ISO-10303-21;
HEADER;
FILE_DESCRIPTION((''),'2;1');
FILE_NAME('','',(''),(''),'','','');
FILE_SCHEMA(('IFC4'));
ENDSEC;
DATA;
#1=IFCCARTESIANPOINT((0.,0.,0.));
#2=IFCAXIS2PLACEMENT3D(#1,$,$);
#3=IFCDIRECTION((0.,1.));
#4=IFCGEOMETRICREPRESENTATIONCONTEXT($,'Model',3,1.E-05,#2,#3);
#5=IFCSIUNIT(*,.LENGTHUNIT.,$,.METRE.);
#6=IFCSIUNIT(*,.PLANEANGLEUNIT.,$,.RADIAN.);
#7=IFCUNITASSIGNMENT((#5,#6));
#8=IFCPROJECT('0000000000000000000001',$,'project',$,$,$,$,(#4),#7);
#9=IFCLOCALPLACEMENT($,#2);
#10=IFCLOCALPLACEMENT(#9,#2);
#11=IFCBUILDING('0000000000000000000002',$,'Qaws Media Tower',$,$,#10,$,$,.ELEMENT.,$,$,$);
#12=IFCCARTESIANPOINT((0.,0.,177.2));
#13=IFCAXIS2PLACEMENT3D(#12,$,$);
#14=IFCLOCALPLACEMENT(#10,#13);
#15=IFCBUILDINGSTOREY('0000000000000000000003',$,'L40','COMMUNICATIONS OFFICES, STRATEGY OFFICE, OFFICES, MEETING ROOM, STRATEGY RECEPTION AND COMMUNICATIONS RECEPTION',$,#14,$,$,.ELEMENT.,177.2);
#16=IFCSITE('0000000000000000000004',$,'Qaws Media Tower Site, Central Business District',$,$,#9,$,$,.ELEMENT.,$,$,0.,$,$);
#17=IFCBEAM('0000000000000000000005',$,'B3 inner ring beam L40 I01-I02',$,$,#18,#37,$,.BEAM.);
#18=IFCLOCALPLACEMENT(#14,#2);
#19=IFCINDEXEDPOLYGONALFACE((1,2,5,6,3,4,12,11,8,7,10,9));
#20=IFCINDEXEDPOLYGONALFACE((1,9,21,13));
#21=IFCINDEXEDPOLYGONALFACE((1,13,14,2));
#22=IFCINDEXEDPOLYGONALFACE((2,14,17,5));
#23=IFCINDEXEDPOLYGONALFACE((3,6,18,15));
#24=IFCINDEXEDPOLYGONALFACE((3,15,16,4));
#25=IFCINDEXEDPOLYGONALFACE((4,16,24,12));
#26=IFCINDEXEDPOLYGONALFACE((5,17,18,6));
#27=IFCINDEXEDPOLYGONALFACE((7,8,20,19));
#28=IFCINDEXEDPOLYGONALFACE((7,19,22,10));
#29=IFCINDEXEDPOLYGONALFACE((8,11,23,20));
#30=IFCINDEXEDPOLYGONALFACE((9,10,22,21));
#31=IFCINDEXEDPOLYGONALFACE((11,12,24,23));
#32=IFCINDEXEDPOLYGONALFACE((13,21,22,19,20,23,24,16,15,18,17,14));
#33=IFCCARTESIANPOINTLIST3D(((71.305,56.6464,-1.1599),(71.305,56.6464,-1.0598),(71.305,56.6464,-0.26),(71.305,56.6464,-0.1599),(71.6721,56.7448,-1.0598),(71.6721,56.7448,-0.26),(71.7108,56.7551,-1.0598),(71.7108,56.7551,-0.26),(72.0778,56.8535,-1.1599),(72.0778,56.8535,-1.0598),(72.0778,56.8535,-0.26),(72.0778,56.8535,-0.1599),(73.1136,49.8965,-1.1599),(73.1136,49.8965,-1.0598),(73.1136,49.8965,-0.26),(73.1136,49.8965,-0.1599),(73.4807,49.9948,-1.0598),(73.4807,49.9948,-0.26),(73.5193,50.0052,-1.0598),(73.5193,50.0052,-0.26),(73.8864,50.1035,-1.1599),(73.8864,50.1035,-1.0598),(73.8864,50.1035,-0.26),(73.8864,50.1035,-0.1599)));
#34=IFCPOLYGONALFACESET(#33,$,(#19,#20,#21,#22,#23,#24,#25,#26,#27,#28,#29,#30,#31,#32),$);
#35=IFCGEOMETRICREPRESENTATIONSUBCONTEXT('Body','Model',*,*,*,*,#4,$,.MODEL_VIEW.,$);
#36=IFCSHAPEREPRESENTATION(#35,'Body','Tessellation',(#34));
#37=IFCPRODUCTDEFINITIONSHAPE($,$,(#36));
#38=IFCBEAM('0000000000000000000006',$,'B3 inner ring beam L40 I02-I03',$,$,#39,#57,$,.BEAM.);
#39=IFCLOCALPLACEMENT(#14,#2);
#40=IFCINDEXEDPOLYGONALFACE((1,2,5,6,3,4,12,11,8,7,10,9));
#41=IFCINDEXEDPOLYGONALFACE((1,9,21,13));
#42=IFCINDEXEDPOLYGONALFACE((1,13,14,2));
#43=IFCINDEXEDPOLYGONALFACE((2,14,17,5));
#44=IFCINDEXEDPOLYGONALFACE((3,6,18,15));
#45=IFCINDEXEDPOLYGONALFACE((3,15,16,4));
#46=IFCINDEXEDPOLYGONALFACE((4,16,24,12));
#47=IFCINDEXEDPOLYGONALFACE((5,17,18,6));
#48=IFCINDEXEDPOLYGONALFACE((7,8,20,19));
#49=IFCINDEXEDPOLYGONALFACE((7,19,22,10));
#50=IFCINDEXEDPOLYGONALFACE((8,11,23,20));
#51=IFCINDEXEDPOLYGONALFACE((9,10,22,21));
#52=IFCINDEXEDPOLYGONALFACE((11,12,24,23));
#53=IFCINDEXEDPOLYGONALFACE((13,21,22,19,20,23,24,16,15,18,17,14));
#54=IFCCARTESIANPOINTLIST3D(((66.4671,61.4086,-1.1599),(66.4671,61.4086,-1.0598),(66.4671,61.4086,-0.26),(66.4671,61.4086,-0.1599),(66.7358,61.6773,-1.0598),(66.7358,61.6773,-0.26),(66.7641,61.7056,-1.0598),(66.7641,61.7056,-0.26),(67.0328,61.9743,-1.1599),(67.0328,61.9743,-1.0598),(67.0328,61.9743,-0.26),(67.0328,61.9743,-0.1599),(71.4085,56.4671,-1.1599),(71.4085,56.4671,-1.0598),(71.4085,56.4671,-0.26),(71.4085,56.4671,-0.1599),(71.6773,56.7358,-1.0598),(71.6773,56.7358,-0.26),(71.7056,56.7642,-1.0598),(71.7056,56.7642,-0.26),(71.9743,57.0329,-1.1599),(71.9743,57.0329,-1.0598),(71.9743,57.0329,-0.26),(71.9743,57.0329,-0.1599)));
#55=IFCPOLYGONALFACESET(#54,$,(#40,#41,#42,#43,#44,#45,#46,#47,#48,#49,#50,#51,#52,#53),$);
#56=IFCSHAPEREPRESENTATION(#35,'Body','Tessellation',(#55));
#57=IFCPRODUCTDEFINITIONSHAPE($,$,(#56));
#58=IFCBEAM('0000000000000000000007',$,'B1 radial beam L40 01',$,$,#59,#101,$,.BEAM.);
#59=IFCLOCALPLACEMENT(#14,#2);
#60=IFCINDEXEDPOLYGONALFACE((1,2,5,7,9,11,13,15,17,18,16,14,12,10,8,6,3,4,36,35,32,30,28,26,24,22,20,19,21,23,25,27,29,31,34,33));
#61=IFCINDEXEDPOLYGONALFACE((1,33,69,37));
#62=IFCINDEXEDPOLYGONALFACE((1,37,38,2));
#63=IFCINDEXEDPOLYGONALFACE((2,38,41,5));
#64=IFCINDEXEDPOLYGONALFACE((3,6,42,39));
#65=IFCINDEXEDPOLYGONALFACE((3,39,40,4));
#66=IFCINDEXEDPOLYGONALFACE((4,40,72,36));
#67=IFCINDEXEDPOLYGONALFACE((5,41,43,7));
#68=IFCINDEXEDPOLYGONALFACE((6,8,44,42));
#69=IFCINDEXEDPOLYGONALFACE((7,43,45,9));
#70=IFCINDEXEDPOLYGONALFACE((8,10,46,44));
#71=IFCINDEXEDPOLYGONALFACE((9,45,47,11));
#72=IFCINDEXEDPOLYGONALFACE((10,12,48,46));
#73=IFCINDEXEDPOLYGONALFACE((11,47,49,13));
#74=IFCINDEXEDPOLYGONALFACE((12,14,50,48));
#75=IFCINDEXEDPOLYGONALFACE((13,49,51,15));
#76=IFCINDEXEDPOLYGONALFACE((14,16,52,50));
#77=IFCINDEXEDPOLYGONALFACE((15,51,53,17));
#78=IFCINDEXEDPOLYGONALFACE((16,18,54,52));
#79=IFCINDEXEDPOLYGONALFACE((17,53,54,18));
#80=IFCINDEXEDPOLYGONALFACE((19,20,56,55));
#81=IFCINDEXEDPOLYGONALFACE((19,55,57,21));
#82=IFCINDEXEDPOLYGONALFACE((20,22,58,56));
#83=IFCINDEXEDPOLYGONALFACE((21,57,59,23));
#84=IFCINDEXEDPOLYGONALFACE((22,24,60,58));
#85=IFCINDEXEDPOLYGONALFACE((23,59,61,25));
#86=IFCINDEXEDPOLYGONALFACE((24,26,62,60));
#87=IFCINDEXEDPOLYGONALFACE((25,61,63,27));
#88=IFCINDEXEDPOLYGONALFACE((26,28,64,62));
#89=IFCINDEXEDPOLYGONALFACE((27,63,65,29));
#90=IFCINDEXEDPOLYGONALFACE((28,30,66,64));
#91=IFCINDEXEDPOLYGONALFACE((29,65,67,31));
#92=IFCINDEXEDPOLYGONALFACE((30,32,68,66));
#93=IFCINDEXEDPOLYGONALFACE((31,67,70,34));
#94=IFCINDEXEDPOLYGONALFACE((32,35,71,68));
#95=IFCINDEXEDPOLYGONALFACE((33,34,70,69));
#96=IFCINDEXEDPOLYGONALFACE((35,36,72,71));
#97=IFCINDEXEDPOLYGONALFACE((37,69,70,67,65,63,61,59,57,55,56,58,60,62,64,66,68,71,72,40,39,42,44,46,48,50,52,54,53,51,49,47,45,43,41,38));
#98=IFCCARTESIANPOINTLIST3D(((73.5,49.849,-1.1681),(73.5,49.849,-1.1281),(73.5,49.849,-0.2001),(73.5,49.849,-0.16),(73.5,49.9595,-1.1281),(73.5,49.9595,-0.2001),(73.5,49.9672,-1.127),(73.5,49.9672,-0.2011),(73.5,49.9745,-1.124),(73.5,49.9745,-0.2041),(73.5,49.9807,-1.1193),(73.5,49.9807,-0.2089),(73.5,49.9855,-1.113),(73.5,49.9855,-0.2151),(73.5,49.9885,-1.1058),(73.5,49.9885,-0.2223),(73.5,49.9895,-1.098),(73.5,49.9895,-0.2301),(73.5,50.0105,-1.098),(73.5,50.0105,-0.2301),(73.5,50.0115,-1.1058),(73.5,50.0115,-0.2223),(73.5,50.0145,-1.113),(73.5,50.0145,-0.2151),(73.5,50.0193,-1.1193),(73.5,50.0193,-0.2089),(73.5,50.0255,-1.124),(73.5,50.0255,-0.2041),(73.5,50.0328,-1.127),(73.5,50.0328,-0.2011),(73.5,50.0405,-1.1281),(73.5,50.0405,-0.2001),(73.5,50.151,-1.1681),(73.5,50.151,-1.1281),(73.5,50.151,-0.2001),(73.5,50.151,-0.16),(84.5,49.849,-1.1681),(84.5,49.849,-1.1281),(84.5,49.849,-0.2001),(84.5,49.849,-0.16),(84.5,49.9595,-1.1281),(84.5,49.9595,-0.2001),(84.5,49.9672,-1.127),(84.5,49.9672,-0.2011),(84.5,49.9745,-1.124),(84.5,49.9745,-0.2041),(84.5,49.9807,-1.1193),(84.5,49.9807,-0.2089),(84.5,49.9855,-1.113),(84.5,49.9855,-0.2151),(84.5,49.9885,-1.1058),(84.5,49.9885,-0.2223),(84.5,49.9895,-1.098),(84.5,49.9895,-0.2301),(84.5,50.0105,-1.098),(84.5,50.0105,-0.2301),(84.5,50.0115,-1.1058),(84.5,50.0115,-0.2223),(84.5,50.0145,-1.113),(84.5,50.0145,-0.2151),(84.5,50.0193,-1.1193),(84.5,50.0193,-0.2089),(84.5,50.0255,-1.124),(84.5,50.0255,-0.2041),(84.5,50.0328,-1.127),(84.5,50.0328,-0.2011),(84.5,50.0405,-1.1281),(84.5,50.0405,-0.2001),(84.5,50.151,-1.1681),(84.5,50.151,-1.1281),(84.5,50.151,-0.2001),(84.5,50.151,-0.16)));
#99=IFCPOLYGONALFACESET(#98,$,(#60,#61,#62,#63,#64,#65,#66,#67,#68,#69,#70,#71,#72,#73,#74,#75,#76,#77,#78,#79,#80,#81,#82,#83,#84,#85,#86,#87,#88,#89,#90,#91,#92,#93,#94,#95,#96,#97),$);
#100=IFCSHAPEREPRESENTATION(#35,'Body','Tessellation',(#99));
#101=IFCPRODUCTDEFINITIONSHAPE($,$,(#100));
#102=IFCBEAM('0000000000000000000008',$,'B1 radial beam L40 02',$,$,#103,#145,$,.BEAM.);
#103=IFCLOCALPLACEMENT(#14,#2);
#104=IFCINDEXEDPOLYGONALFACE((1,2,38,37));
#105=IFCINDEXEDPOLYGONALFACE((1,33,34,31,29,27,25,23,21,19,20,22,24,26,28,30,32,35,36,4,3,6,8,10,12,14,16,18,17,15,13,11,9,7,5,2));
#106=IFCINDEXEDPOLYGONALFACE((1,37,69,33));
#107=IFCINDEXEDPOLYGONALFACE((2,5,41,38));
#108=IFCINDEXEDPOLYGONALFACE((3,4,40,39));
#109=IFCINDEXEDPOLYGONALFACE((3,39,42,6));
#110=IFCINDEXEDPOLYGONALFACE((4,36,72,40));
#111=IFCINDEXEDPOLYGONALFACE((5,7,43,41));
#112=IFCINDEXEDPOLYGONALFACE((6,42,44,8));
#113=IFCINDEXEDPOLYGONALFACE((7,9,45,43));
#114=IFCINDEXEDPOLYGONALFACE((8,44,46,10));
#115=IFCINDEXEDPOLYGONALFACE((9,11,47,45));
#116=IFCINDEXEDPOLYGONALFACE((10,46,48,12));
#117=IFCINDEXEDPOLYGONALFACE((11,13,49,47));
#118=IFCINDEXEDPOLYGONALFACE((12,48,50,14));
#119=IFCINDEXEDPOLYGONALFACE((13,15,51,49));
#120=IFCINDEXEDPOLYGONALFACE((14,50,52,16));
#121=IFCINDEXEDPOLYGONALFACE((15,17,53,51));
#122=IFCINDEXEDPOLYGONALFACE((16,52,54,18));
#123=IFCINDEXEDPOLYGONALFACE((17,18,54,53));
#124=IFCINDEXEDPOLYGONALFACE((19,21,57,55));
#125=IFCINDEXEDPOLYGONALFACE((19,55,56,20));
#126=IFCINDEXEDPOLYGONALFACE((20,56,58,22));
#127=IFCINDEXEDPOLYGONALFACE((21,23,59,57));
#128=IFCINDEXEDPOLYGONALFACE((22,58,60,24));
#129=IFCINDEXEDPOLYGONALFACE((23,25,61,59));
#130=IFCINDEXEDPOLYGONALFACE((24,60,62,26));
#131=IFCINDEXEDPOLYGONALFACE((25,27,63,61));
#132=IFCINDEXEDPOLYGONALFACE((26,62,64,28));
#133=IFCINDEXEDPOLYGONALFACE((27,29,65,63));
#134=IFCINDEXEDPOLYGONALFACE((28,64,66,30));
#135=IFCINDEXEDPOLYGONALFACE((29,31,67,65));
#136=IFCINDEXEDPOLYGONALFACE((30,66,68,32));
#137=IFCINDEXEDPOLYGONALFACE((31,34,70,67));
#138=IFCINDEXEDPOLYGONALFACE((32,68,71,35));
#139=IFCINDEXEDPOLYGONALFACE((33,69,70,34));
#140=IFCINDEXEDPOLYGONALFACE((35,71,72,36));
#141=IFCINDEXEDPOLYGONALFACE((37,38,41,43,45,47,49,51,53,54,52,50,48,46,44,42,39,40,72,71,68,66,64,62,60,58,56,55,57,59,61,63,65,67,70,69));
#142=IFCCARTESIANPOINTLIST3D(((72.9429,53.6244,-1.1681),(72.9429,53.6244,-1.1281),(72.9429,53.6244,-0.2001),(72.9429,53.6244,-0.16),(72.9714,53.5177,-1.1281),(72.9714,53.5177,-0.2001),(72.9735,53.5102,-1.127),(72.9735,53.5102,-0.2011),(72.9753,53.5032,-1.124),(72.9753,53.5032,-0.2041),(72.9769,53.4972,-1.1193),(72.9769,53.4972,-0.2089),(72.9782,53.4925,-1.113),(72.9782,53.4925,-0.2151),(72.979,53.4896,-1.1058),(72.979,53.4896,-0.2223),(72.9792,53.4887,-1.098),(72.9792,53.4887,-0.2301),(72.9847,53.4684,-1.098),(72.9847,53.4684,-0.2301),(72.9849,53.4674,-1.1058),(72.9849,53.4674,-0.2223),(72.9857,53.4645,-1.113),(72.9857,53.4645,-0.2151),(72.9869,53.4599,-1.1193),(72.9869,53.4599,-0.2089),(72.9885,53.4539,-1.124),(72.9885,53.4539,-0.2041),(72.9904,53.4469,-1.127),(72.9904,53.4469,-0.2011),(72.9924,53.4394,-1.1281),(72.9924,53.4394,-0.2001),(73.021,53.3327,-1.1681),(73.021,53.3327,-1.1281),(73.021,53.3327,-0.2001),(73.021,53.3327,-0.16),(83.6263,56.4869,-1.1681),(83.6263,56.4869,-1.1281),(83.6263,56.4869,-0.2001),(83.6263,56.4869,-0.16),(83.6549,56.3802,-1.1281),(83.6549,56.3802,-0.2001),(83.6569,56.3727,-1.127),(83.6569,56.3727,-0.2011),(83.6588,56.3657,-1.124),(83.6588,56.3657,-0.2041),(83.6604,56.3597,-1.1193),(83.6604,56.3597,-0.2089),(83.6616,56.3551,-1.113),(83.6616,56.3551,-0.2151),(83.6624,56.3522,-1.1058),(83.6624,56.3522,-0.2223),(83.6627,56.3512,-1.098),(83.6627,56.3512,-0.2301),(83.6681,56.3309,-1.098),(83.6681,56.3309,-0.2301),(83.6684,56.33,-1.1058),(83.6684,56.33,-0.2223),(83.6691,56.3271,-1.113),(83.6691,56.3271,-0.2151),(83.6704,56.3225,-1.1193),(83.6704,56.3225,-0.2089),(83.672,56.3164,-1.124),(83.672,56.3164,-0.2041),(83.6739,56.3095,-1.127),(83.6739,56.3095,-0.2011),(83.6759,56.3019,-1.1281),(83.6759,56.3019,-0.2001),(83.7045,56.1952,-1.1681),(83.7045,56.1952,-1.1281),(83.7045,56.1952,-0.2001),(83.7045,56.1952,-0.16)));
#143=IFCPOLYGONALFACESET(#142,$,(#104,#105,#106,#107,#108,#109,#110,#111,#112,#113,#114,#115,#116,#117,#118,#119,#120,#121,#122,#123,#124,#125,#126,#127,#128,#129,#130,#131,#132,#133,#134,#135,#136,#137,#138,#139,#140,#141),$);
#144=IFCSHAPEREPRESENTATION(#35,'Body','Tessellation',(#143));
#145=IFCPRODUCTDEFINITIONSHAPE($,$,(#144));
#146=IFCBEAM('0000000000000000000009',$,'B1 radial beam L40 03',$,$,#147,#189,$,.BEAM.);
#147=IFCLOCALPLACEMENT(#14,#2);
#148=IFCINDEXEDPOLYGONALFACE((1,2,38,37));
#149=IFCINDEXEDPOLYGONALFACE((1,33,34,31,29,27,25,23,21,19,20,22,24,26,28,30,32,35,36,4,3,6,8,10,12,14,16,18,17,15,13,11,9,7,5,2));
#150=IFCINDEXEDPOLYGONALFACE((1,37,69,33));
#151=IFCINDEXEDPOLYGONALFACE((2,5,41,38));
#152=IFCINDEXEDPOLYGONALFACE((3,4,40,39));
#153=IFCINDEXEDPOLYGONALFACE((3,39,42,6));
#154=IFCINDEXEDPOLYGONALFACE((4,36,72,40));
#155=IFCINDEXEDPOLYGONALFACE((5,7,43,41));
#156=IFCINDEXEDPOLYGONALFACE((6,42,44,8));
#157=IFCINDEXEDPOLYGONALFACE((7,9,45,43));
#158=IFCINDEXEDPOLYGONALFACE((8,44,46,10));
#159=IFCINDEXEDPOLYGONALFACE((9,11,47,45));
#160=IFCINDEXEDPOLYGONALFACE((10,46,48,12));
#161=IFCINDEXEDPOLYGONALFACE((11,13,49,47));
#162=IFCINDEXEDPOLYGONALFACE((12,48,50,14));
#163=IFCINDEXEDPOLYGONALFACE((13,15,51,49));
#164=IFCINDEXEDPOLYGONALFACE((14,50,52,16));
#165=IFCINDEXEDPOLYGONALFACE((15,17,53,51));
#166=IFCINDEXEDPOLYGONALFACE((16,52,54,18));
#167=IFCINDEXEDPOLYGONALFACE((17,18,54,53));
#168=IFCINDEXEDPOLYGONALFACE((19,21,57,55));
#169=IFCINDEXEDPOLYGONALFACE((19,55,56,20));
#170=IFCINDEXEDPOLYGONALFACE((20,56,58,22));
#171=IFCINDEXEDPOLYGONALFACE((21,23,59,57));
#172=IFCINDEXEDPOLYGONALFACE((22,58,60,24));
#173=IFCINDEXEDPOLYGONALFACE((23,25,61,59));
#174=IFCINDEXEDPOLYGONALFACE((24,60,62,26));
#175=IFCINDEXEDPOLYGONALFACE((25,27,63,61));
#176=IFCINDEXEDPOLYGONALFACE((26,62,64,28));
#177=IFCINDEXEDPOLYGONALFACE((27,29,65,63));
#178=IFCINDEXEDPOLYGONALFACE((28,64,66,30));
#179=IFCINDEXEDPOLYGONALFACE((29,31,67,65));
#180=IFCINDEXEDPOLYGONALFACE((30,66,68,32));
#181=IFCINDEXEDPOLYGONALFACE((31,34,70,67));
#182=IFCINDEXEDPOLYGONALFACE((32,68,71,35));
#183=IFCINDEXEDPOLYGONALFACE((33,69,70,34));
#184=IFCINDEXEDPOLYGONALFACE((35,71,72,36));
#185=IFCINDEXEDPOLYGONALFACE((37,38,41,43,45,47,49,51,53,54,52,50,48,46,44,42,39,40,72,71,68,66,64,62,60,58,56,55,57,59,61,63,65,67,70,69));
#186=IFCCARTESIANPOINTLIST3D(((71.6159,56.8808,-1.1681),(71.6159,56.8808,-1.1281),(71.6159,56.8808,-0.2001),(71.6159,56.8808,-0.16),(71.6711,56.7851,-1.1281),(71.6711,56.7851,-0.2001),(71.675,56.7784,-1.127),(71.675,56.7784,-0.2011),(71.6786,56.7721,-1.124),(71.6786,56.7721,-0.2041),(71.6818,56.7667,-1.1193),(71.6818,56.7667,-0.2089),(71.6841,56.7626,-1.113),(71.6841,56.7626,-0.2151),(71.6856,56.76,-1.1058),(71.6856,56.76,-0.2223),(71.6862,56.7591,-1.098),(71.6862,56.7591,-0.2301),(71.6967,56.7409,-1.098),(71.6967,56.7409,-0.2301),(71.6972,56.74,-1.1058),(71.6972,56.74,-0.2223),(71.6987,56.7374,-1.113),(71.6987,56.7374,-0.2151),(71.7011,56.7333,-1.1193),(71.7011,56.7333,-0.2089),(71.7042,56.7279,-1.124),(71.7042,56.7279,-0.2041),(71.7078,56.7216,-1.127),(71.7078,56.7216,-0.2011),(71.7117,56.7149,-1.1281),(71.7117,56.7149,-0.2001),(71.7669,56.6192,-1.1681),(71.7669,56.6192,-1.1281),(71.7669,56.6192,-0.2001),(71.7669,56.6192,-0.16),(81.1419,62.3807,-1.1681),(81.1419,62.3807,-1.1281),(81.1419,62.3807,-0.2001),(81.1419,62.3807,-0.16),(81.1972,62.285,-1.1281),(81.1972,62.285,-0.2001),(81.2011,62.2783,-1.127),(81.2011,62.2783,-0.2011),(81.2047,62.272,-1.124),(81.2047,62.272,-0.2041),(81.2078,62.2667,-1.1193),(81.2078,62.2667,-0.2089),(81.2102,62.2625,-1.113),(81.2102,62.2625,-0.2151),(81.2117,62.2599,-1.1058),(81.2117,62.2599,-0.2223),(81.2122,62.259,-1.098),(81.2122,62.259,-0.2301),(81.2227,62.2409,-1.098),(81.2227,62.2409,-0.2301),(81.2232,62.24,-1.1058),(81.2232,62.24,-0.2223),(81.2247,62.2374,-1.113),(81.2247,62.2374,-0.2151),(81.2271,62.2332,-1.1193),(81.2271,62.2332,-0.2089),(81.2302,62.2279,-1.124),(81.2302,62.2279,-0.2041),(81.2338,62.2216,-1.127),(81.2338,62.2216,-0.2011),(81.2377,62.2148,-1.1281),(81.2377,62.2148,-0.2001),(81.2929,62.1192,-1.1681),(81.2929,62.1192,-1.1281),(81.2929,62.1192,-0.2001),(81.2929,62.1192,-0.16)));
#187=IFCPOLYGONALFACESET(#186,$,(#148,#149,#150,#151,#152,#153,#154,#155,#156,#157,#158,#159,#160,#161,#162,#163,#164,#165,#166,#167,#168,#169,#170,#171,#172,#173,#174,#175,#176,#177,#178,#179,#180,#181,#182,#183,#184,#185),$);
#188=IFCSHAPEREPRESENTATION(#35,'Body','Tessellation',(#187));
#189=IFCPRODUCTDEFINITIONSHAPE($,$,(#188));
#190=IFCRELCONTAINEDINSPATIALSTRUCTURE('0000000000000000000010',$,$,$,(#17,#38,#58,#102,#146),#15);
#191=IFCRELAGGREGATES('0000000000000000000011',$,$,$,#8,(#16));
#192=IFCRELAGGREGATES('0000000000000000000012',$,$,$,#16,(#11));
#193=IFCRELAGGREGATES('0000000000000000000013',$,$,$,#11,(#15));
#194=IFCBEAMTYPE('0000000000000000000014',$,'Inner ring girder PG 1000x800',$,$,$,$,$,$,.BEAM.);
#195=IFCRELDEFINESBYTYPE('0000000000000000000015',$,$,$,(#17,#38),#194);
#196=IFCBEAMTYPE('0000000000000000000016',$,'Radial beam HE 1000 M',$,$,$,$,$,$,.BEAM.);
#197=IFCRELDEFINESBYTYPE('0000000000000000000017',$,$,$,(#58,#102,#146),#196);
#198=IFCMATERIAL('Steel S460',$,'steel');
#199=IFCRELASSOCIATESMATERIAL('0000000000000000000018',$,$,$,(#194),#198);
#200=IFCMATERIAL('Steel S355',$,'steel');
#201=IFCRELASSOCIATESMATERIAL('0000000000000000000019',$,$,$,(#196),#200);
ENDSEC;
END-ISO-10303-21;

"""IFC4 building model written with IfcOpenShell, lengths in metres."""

from ifc_helpers import new_model, si_unit, direction, frame, origin, origin_2d, place, context, subcontext, project, spatial, i_section, extrude, material, material_profile, profile_set, type_object, element, save


model = new_model("IFC4")

# Units and contexts
model_context = context("Model", 3, precision=1e-05, world=origin(), true_north=direction((0.0, 1.0)))
body_context = subcontext(model_context, "Body", "Model", "MODEL_VIEW")
ifc_project = project(units=[si_unit("LENGTHUNIT", "METRE"), si_unit("PLANEANGLEUNIT", "RADIAN")], contexts=[model_context])

# Site, building, storey
site_placement = place(None, origin())
site = spatial("IfcSite", under=ifc_project, at=site_placement, Name="Qaws Media Tower Site, Central Business District", CompositionType="ELEMENT", RefElevation=0.0)
building_placement = place(site_placement, origin())
building = spatial("IfcBuilding", under=site, at=building_placement, Name="Qaws Media Tower", CompositionType="ELEMENT")
storey_placement = place(building_placement, frame((0.0, 0.0, 177.2)))
storey = spatial("IfcBuildingStorey", under=building, at=storey_placement, Name="L40", Description="COMMUNICATIONS OFFICES, STRATEGY OFFICE, OFFICES, MEETING ROOM, STRATEGY RECEPTION AND COMMUNICATIONS RECEPTION", CompositionType="ELEMENT", Elevation=177.2)

# Beams
ifc_material_1 = material(Name="Steel S460", Category="steel")
ifc_material_profile_1 = material_profile(ifc_material_1, i_section(OverallWidth=0.8, OverallDepth=1.0, WebThickness=0.04, FlangeThickness=0.1001, at=origin_2d()), Name="PG 1000x800")
ifc_profile_set_1 = profile_set([ifc_material_profile_1], Name="Steel S460")
beam_type_1 = type_object("IfcBeamType", Name="Inner ring girder PG 1000x800", PredefinedType="BEAM", material=ifc_profile_set_1)
beam_1_placement = place(storey_placement, frame((73.5, 50.0, -0.6599), z_axis=(-0.258811, 0.965928, 0.0), x_axis=(-0.965928, -0.258811, 0.0)))
element("IfcBeam", 1, at=beam_1_placement, inside=storey, type_object=beam_type_1, Name="B3 inner ring beam L40 I01-I02", PredefinedType="BEAM", context=body_context, shape_type="SweptSolid", body=[
    extrude(i_section(OverallWidth=0.8, OverallDepth=1.0, WebThickness=0.04, FlangeThickness=0.1001, at=origin_2d()), origin(), (0.0, 0.0, 1.0), 6.988),
])
beam_2_placement = place(storey_placement, frame((71.6914, 56.75, -0.6599), z_axis=(-0.707107, 0.707107, 0.0), x_axis=(-0.707107, -0.707107, 0.0)))
element("IfcBeam", 2, at=beam_2_placement, inside=storey, type_object=beam_type_1, Name="B3 inner ring beam L40 I02-I03", PredefinedType="BEAM", context=body_context, shape_type="SweptSolid", body=[
    extrude(i_section(OverallWidth=0.8, OverallDepth=1.0, WebThickness=0.04, FlangeThickness=0.1001, at=origin_2d()), origin(), (0.0, 0.0, 1.0), 6.9883),
])
ifc_material_2 = material(Name="Steel S355", Category="steel")
ifc_material_profile_2 = material_profile(ifc_material_2, i_section(OverallWidth=0.302, OverallDepth=1.0081, WebThickness=0.021, FlangeThickness=0.04, FilletRadius=0.03, at=origin_2d()), Name="HE 1000 M")
ifc_profile_set_2 = profile_set([ifc_material_profile_2], Name="Steel S355")
beam_type_2 = type_object("IfcBeamType", Name="Radial beam HE 1000 M", PredefinedType="BEAM", material=ifc_profile_set_2)
beam_3_placement = place(storey_placement, frame((73.5, 50.0, -0.6641), z_axis=(1.0, 0.0, 0.0), x_axis=(0.0, 1.0, 0.0)))
element("IfcBeam", 3, at=beam_3_placement, inside=storey, type_object=beam_type_2, Name="B1 radial beam L40 01", PredefinedType="BEAM", context=body_context, shape_type="SweptSolid", body=[
    extrude(i_section(OverallWidth=0.302, OverallDepth=1.0081, WebThickness=0.021, FlangeThickness=0.04, FilletRadius=0.03, at=origin_2d()), origin(), (0.0, 0.0, 1.0), 11.0),
])
beam_4_placement = place(storey_placement, frame((72.9819, 53.4785, -0.6641), z_axis=(0.965927, 0.258815, 0.0), x_axis=(-0.258815, 0.965927, 0.0)))
element("IfcBeam", 4, at=beam_4_placement, inside=storey, type_object=beam_type_2, Name="B1 radial beam L40 02", PredefinedType="BEAM", context=body_context, shape_type="SweptSolid", body=[
    extrude(i_section(OverallWidth=0.302, OverallDepth=1.0081, WebThickness=0.021, FlangeThickness=0.04, FilletRadius=0.03, at=origin_2d()), origin(), (0.0, 0.0, 1.0), 11.0603),
])
beam_5_placement = place(storey_placement, frame((71.6914, 56.75, -0.6641), z_axis=(0.866022, 0.500006, 0.0), x_axis=(-0.500006, 0.866022, 0.0)))
element("IfcBeam", 5, at=beam_5_placement, inside=storey, type_object=beam_type_2, Name="B1 radial beam L40 03", PredefinedType="BEAM", context=body_context, shape_type="SweptSolid", body=[
    extrude(i_section(OverallWidth=0.302, OverallDepth=1.0081, WebThickness=0.021, FlangeThickness=0.04, FilletRadius=0.03, at=origin_2d()), origin(), (0.0, 0.0, 1.0), 10.9998),
])

save(model, "model.ifc")
